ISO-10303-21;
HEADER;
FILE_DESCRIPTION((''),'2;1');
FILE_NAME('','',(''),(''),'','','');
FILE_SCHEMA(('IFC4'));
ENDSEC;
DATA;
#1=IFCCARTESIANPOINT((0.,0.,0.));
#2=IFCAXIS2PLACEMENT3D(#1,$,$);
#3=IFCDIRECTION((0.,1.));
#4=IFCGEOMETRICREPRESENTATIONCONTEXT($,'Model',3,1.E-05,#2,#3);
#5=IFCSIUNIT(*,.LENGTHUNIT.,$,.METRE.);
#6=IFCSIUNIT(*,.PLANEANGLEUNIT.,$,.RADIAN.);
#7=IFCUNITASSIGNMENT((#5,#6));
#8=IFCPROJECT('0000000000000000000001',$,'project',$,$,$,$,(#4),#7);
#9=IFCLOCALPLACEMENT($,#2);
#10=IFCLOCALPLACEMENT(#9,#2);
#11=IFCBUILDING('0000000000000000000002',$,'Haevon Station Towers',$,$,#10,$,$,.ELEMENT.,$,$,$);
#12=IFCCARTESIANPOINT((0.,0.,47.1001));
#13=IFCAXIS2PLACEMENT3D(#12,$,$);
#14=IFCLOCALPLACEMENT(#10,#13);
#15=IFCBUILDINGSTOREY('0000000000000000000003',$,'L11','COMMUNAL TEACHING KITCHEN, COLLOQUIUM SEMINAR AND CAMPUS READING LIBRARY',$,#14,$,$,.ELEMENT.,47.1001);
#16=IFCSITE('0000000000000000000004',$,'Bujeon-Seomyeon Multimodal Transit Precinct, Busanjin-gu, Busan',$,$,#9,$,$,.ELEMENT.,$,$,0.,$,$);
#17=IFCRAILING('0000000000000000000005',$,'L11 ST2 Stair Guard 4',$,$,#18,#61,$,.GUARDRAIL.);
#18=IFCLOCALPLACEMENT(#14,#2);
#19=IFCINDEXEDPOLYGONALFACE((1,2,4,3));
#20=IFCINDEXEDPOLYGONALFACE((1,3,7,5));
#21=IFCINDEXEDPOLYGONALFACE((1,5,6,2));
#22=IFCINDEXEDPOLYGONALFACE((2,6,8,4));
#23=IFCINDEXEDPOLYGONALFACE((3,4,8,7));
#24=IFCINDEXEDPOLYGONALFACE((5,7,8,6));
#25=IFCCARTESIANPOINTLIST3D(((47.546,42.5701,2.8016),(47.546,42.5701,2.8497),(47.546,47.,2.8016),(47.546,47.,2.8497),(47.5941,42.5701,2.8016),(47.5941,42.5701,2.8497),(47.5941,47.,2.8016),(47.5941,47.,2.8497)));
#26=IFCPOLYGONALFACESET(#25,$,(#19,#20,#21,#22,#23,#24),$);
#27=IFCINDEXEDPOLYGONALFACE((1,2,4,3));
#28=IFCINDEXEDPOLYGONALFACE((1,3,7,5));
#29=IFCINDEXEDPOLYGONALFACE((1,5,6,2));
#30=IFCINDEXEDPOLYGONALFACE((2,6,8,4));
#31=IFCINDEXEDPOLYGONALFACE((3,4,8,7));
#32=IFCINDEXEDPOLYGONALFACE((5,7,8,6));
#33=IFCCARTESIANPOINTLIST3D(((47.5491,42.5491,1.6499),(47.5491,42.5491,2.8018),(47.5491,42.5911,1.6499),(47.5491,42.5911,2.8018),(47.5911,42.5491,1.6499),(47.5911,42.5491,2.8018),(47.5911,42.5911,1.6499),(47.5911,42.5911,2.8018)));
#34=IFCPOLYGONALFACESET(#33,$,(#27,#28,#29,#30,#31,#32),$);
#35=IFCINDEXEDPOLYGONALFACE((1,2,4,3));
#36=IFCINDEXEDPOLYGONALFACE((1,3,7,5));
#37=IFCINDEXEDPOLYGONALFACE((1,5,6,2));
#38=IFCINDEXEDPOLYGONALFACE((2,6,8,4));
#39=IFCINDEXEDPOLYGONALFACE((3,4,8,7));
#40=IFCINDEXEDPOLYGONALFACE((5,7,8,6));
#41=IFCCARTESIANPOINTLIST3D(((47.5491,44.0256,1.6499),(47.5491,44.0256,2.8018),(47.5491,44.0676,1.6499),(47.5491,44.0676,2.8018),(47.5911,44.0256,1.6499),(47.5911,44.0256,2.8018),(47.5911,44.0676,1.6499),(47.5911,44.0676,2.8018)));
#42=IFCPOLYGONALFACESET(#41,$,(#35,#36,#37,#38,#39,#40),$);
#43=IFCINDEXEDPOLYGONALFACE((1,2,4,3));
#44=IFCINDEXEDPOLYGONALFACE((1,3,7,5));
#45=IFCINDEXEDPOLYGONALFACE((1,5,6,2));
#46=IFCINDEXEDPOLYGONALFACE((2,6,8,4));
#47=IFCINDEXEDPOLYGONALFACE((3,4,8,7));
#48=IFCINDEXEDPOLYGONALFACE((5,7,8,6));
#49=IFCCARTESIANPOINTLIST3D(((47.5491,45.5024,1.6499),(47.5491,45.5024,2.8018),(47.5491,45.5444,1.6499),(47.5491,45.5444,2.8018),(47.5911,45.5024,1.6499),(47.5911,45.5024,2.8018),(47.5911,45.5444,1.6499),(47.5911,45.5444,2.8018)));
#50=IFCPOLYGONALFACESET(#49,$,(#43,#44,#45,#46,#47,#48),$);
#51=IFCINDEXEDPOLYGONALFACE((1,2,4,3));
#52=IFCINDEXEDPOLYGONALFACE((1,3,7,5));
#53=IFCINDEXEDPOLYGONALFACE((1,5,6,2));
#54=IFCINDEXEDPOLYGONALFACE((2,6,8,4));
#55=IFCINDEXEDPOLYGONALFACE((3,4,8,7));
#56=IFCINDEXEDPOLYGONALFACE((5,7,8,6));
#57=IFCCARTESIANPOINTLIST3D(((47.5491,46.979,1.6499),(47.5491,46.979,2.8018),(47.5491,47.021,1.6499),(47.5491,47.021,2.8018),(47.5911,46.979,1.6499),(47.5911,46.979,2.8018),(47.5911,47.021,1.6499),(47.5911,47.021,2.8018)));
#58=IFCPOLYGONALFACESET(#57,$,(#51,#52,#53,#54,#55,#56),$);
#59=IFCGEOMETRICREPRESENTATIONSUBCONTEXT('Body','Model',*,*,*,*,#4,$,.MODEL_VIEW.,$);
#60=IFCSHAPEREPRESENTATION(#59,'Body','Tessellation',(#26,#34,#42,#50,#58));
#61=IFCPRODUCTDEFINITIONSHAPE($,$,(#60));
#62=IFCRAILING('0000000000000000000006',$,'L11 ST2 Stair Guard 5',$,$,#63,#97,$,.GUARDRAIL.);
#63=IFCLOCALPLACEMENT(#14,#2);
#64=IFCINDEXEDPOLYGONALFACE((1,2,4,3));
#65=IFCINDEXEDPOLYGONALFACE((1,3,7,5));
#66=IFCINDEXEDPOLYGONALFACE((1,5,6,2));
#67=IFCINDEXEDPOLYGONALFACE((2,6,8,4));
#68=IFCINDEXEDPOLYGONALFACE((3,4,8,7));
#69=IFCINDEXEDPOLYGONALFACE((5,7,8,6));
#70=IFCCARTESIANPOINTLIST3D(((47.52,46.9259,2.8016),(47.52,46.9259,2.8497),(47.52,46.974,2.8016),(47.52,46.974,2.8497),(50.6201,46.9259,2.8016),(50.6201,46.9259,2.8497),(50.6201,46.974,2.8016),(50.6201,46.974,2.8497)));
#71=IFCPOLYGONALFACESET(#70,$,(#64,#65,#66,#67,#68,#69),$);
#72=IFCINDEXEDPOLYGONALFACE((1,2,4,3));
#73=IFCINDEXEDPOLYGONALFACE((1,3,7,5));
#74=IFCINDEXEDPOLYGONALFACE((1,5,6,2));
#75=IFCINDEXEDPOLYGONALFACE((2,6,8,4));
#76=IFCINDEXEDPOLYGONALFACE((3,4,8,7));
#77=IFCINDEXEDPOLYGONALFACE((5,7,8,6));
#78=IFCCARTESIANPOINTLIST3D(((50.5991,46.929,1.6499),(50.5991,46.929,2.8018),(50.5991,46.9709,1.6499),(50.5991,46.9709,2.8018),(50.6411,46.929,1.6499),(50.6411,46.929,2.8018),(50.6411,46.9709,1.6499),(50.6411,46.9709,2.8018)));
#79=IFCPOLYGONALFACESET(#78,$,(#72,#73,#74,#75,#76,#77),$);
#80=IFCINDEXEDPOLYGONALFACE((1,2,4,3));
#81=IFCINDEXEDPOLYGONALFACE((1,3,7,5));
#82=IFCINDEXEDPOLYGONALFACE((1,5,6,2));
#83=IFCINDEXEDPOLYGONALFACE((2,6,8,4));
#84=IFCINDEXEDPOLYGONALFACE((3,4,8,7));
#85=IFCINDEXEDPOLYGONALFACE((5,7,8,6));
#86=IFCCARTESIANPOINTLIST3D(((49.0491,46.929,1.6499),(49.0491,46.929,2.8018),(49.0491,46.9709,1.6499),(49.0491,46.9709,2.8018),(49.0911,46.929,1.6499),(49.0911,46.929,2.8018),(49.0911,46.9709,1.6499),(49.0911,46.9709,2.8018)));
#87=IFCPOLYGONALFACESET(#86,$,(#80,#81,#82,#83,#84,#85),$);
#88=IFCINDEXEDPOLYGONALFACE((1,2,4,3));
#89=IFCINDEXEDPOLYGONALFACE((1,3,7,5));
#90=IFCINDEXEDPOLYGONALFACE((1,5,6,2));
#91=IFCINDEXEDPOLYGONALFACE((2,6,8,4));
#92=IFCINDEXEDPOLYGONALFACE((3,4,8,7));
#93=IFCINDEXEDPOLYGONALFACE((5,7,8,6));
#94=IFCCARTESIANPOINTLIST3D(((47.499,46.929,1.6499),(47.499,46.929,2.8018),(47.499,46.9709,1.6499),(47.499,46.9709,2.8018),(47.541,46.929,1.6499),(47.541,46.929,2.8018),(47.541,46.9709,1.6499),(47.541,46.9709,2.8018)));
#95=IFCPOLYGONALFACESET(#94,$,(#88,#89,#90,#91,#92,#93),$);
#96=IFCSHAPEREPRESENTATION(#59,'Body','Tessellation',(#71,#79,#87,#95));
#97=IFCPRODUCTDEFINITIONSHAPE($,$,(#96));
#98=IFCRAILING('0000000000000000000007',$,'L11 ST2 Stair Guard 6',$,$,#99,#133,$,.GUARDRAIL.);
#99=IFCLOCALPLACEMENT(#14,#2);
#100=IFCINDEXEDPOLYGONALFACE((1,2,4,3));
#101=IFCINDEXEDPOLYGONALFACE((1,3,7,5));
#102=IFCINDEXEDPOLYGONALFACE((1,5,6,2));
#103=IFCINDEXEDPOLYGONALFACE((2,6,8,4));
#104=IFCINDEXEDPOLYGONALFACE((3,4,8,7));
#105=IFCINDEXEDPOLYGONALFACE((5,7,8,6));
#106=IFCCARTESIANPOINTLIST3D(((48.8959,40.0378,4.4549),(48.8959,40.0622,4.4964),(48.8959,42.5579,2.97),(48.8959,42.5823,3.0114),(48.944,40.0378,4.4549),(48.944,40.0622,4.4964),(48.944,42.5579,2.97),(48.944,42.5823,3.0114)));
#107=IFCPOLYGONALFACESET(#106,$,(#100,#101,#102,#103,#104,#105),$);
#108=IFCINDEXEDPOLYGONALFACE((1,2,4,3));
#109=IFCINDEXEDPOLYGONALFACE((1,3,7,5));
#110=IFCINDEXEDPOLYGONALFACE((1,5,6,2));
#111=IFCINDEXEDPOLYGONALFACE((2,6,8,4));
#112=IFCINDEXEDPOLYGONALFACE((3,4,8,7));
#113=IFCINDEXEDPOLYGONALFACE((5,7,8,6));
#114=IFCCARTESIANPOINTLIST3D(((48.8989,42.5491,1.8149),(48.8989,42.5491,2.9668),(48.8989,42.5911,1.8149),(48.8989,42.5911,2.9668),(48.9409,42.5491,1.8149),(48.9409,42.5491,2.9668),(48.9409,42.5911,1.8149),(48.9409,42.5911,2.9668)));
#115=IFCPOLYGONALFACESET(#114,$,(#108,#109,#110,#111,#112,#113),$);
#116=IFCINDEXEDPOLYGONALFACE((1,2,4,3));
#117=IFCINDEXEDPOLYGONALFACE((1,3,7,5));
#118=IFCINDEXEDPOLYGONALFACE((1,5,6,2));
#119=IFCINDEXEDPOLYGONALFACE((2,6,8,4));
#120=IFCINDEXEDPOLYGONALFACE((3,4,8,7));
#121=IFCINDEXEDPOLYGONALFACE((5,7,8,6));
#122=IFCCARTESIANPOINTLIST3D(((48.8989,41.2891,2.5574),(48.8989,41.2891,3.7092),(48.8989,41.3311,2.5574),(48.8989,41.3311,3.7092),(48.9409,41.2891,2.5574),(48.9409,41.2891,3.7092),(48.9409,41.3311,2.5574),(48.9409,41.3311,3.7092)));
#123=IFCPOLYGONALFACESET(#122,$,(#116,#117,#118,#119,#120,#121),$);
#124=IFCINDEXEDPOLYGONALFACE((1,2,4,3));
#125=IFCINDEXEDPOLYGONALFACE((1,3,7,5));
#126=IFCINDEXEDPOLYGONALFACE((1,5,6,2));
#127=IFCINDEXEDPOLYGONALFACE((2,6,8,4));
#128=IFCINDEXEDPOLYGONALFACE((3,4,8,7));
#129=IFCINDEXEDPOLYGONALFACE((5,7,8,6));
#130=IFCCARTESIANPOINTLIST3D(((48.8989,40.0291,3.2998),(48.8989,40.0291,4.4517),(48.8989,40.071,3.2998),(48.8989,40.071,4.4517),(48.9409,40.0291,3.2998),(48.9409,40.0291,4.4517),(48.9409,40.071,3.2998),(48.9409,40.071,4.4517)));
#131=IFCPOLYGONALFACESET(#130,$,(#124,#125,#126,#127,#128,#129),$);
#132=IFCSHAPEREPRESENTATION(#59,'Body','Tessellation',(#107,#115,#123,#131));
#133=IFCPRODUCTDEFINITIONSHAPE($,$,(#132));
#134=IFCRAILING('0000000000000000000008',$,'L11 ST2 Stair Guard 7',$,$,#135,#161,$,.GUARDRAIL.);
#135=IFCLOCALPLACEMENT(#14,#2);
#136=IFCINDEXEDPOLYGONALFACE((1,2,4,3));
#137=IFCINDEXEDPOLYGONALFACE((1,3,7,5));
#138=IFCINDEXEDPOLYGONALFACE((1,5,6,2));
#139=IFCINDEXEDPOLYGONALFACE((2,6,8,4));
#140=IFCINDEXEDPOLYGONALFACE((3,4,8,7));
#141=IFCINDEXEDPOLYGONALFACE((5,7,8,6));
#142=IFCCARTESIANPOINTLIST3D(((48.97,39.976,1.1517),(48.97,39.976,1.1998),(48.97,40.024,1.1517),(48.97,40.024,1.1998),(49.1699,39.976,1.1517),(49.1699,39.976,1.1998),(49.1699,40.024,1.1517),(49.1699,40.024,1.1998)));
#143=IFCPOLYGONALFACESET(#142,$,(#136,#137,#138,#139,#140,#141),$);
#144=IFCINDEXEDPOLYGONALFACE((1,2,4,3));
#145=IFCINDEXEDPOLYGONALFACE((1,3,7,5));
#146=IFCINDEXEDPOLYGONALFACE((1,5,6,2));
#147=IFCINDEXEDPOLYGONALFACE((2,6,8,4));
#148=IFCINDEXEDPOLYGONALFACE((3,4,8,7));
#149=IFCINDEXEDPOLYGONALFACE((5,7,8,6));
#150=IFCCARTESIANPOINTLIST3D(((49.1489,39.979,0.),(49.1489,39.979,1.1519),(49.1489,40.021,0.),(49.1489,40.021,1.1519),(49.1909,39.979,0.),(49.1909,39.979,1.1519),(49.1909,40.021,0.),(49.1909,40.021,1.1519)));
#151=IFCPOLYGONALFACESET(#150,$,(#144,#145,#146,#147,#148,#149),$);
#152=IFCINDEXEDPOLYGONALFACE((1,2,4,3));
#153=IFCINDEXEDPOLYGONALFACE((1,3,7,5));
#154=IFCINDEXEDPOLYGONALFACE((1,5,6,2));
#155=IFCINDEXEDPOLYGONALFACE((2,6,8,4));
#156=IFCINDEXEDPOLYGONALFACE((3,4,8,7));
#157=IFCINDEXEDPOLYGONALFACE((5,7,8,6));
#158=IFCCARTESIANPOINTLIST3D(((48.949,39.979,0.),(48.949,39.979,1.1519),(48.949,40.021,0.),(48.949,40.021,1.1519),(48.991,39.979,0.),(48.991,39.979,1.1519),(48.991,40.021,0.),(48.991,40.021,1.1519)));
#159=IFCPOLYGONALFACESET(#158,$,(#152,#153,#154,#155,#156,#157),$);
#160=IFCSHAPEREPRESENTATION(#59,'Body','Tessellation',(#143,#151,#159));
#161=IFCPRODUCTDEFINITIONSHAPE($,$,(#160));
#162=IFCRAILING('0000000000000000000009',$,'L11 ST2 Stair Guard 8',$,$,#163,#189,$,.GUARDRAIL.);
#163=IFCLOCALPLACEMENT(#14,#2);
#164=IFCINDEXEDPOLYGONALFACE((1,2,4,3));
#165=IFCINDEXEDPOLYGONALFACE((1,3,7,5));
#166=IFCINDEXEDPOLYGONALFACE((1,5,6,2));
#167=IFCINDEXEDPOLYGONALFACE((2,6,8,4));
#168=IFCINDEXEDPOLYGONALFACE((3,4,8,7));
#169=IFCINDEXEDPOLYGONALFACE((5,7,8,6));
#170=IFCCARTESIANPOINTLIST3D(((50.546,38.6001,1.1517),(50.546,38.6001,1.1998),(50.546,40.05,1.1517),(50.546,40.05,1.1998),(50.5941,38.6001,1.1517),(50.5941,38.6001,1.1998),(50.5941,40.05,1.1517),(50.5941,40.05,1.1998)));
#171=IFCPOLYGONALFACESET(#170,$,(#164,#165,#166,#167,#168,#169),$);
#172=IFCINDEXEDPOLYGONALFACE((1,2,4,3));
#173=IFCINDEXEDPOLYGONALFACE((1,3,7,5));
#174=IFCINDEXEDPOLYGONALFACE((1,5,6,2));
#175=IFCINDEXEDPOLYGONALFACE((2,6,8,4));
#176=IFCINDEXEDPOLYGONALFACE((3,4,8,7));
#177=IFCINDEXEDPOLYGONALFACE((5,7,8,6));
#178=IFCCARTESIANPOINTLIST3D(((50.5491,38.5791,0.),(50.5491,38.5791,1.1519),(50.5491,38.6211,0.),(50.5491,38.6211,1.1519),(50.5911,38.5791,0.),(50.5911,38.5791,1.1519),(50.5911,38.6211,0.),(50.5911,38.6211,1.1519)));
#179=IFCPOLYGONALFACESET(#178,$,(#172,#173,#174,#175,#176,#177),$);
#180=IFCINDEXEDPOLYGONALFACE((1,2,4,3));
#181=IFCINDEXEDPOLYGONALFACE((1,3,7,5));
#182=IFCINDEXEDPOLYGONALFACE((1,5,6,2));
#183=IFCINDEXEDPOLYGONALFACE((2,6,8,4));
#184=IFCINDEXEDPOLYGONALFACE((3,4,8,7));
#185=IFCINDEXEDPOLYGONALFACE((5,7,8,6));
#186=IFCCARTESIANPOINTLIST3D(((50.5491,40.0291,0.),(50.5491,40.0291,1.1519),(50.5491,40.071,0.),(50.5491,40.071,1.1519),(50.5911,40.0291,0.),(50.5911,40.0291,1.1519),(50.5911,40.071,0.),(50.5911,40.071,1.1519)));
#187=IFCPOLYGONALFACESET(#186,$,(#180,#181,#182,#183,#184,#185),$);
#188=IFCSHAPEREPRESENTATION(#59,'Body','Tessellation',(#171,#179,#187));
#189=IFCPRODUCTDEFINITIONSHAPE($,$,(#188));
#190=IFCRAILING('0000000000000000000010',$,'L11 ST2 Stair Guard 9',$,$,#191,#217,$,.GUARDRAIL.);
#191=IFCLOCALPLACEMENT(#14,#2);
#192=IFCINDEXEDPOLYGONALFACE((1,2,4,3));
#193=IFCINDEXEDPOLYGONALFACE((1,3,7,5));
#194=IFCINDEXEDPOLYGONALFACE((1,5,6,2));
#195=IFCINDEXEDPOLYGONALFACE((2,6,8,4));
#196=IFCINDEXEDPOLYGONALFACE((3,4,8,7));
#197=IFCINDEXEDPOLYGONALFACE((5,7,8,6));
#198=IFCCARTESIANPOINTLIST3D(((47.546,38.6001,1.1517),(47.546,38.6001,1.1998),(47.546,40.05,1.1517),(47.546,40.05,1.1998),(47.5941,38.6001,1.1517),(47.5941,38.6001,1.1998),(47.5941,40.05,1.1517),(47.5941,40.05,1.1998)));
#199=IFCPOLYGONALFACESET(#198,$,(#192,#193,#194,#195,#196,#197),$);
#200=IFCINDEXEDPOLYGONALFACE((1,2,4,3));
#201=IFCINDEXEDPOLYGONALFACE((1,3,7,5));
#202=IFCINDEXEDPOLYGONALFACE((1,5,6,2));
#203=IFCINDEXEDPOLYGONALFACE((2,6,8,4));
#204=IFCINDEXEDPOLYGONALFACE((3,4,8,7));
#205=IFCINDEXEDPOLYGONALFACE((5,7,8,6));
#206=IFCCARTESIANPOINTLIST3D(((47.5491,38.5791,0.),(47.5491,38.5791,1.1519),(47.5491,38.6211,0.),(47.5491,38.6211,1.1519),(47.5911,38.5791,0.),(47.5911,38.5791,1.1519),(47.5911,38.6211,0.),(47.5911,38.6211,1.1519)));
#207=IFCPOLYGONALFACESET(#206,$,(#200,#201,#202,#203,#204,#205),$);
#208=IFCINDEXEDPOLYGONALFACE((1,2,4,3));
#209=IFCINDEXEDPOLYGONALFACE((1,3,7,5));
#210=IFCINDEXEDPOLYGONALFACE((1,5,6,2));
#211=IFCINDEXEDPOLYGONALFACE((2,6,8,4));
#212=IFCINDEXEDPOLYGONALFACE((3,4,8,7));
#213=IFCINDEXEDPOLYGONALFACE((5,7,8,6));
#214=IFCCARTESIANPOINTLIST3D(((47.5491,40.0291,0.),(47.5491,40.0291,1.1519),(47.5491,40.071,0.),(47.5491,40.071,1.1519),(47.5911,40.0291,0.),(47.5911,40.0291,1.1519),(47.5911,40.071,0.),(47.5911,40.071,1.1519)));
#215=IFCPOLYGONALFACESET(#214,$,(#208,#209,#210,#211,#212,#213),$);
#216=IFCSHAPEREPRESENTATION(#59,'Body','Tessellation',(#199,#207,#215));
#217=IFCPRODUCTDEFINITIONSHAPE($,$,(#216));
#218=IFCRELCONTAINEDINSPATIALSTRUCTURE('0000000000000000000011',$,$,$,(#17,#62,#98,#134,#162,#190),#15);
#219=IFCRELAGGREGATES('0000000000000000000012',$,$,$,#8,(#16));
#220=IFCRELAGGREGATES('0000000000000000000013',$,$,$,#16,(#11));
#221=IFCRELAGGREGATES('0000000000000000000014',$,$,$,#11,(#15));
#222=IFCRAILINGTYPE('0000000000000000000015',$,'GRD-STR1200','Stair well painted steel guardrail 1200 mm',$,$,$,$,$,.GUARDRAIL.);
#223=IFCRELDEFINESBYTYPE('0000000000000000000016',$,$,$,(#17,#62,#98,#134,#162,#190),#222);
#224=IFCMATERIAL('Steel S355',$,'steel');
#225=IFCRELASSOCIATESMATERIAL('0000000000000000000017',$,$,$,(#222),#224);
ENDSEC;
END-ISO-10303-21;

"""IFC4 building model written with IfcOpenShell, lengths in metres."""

from ifc_helpers import new_model, si_unit, direction, frame, origin, origin_2d, place, context, subcontext, project, spatial, rectangle, extrude, material, type_object, element, save


model = new_model("IFC4")

# Units and contexts
model_context = context("Model", 3, precision=1e-05, world=origin(), true_north=direction((0.0, 1.0)))
body_context = subcontext(model_context, "Body", "Model", "MODEL_VIEW")
ifc_project = project(units=[si_unit("LENGTHUNIT", "METRE"), si_unit("PLANEANGLEUNIT", "RADIAN")], contexts=[model_context])

# Site, building, storey
site_placement = place(None, origin())
site = spatial("IfcSite", under=ifc_project, at=site_placement, Name="Bujeon-Seomyeon Multimodal Transit Precinct, Busanjin-gu, Busan", CompositionType="ELEMENT", RefElevation=0.0)
building_placement = place(site_placement, origin())
building = spatial("IfcBuilding", under=site, at=building_placement, Name="Haevon Station Towers", CompositionType="ELEMENT")
storey_placement = place(building_placement, frame((0.0, 0.0, 47.1001)))
storey = spatial("IfcBuildingStorey", under=building, at=storey_placement, Name="L11", Description="COMMUNAL TEACHING KITCHEN, COLLOQUIUM SEMINAR AND CAMPUS READING LIBRARY", CompositionType="ELEMENT", Elevation=47.1001)

# Shared definitions
ifc_material_1 = material(Name="Steel S355", Category="steel")

# Railings
railing_type_1 = type_object("IfcRailingType", Name="GRD-STR1200", Description="Stair well painted steel guardrail 1200 mm", PredefinedType="GUARDRAIL", material=ifc_material_1)
for number, where, name in (
    (1, (47.5701, 42.5701, 1.6499), "L11 ST2 Stair Guard 4"),
):
    element("IfcRailing", number, at=place(storey_placement, frame(where)), inside=storey, type_object=railing_type_1, Name=name, PredefinedType="GUARDRAIL", context=body_context, shape_type="SweptSolid", body=[
        extrude(rectangle(XDim=0.0481, YDim=0.0481, at=origin_2d()), frame((0.0, 0.0, 1.1758), z_axis=(0.0, 1.0, 0.0), x_axis=(-1.0, 0.0, 0.0)), (0.0, 0.0, 1.0), 4.4299),
        extrude(rectangle(XDim=0.042, YDim=0.042, at=origin_2d()), origin(), (0.0, 0.0, 1.0), 1.1519),
        extrude(rectangle(XDim=0.042, YDim=0.042, at=origin_2d()), frame((0.0, 1.4766, 0.0)), (0.0, 0.0, 1.0), 1.1519),
        extrude(rectangle(XDim=0.042, YDim=0.042, at=origin_2d()), frame((0.0, 2.9534, 0.0)), (0.0, 0.0, 1.0), 1.1519),
        extrude(rectangle(XDim=0.042, YDim=0.042, at=origin_2d()), frame((0.0, 4.4299, 0.0)), (0.0, 0.0, 1.0), 1.1519),
    ])
railing_1_placement = place(storey_placement, frame((50.6201, 46.95, 1.6499)))
element("IfcRailing", 2, at=railing_1_placement, inside=storey, type_object=railing_type_1, Name="L11 ST2 Stair Guard 5", PredefinedType="GUARDRAIL", context=body_context, shape_type="SweptSolid", body=[
    extrude(rectangle(XDim=0.0481, YDim=0.0481, at=origin_2d()), frame((0.0, 0.0, 1.1758), z_axis=(-1.0, 0.0, 0.0), x_axis=(0.0, -1.0, 0.0)), (0.0, 0.0, 1.0), 3.1001),
    extrude(rectangle(XDim=0.042, YDim=0.042, at=origin_2d()), origin(), (0.0, 0.0, 1.0), 1.1519),
    extrude(rectangle(XDim=0.042, YDim=0.042, at=origin_2d()), frame((-1.55, 0.0, 0.0)), (0.0, 0.0, 1.0), 1.1519),
    extrude(rectangle(XDim=0.042, YDim=0.042, at=origin_2d()), frame((-3.1001, 0.0, 0.0)), (0.0, 0.0, 1.0), 1.1519),
])
railing_2_placement = place(storey_placement, frame((48.9199, 42.5701, 1.8149)))
element("IfcRailing", 3, at=railing_2_placement, inside=storey, type_object=railing_type_1, Name="L11 ST2 Stair Guard 6", PredefinedType="GUARDRAIL", context=body_context, shape_type="SweptSolid", body=[
    extrude(rectangle(XDim=0.0481, YDim=0.0481, at=origin_2d()), frame((0.0, 0.0, 1.1758), z_axis=(0.0, -0.861561, 0.507655), x_axis=(1.0, 0.0, 0.0)), (0.0, 0.0, 1.0), 2.925),
    extrude(rectangle(XDim=0.042, YDim=0.042, at=origin_2d()), origin(), (0.0, 0.0, 1.0), 1.1519),
    extrude(rectangle(XDim=0.042, YDim=0.042, at=origin_2d()), frame((0.0, -1.26, 0.7424)), (0.0, 0.0, 1.0), 1.1519),
    extrude(rectangle(XDim=0.042, YDim=0.042, at=origin_2d()), frame((0.0, -2.52, 1.4849)), (0.0, 0.0, 1.0), 1.1519),
])
railing_3_placement = place(storey_placement, frame((49.1699, 40.0, 0.0)))
element("IfcRailing", 4, at=railing_3_placement, inside=storey, type_object=railing_type_1, Name="L11 ST2 Stair Guard 7", PredefinedType="GUARDRAIL", context=body_context, shape_type="SweptSolid", body=[
    extrude(rectangle(XDim=0.0481, YDim=0.0481, at=origin_2d()), frame((0.0, 0.0, 1.1758), z_axis=(-1.0, 0.0, 0.0), x_axis=(0.0, -1.0, 0.0)), (0.0, 0.0, 1.0), 0.2),
    extrude(rectangle(XDim=0.042, YDim=0.042, at=origin_2d()), origin(), (0.0, 0.0, 1.0), 1.1519),
    extrude(rectangle(XDim=0.042, YDim=0.042, at=origin_2d()), frame((-0.2, 0.0, 0.0)), (0.0, 0.0, 1.0), 1.1519),
])
for number, where, name in (
    (5, (50.5701, 38.6001, 0.0), "L11 ST2 Stair Guard 8"),
    (6, (47.5701, 38.6001, 0.0), "L11 ST2 Stair Guard 9"),
):
    element("IfcRailing", number, at=place(storey_placement, frame(where)), inside=storey, type_object=railing_type_1, Name=name, PredefinedType="GUARDRAIL", context=body_context, shape_type="SweptSolid", body=[
        extrude(rectangle(XDim=0.0481, YDim=0.0481, at=origin_2d()), frame((0.0, 0.0, 1.1758), z_axis=(0.0, 1.0, 0.0), x_axis=(-1.0, 0.0, 0.0)), (0.0, 0.0, 1.0), 1.45),
        extrude(rectangle(XDim=0.042, YDim=0.042, at=origin_2d()), origin(), (0.0, 0.0, 1.0), 1.1519),
        extrude(rectangle(XDim=0.042, YDim=0.042, at=origin_2d()), frame((0.0, 1.45, 0.0)), (0.0, 0.0, 1.0), 1.1519),
    ])

save(model, "model.ifc")
